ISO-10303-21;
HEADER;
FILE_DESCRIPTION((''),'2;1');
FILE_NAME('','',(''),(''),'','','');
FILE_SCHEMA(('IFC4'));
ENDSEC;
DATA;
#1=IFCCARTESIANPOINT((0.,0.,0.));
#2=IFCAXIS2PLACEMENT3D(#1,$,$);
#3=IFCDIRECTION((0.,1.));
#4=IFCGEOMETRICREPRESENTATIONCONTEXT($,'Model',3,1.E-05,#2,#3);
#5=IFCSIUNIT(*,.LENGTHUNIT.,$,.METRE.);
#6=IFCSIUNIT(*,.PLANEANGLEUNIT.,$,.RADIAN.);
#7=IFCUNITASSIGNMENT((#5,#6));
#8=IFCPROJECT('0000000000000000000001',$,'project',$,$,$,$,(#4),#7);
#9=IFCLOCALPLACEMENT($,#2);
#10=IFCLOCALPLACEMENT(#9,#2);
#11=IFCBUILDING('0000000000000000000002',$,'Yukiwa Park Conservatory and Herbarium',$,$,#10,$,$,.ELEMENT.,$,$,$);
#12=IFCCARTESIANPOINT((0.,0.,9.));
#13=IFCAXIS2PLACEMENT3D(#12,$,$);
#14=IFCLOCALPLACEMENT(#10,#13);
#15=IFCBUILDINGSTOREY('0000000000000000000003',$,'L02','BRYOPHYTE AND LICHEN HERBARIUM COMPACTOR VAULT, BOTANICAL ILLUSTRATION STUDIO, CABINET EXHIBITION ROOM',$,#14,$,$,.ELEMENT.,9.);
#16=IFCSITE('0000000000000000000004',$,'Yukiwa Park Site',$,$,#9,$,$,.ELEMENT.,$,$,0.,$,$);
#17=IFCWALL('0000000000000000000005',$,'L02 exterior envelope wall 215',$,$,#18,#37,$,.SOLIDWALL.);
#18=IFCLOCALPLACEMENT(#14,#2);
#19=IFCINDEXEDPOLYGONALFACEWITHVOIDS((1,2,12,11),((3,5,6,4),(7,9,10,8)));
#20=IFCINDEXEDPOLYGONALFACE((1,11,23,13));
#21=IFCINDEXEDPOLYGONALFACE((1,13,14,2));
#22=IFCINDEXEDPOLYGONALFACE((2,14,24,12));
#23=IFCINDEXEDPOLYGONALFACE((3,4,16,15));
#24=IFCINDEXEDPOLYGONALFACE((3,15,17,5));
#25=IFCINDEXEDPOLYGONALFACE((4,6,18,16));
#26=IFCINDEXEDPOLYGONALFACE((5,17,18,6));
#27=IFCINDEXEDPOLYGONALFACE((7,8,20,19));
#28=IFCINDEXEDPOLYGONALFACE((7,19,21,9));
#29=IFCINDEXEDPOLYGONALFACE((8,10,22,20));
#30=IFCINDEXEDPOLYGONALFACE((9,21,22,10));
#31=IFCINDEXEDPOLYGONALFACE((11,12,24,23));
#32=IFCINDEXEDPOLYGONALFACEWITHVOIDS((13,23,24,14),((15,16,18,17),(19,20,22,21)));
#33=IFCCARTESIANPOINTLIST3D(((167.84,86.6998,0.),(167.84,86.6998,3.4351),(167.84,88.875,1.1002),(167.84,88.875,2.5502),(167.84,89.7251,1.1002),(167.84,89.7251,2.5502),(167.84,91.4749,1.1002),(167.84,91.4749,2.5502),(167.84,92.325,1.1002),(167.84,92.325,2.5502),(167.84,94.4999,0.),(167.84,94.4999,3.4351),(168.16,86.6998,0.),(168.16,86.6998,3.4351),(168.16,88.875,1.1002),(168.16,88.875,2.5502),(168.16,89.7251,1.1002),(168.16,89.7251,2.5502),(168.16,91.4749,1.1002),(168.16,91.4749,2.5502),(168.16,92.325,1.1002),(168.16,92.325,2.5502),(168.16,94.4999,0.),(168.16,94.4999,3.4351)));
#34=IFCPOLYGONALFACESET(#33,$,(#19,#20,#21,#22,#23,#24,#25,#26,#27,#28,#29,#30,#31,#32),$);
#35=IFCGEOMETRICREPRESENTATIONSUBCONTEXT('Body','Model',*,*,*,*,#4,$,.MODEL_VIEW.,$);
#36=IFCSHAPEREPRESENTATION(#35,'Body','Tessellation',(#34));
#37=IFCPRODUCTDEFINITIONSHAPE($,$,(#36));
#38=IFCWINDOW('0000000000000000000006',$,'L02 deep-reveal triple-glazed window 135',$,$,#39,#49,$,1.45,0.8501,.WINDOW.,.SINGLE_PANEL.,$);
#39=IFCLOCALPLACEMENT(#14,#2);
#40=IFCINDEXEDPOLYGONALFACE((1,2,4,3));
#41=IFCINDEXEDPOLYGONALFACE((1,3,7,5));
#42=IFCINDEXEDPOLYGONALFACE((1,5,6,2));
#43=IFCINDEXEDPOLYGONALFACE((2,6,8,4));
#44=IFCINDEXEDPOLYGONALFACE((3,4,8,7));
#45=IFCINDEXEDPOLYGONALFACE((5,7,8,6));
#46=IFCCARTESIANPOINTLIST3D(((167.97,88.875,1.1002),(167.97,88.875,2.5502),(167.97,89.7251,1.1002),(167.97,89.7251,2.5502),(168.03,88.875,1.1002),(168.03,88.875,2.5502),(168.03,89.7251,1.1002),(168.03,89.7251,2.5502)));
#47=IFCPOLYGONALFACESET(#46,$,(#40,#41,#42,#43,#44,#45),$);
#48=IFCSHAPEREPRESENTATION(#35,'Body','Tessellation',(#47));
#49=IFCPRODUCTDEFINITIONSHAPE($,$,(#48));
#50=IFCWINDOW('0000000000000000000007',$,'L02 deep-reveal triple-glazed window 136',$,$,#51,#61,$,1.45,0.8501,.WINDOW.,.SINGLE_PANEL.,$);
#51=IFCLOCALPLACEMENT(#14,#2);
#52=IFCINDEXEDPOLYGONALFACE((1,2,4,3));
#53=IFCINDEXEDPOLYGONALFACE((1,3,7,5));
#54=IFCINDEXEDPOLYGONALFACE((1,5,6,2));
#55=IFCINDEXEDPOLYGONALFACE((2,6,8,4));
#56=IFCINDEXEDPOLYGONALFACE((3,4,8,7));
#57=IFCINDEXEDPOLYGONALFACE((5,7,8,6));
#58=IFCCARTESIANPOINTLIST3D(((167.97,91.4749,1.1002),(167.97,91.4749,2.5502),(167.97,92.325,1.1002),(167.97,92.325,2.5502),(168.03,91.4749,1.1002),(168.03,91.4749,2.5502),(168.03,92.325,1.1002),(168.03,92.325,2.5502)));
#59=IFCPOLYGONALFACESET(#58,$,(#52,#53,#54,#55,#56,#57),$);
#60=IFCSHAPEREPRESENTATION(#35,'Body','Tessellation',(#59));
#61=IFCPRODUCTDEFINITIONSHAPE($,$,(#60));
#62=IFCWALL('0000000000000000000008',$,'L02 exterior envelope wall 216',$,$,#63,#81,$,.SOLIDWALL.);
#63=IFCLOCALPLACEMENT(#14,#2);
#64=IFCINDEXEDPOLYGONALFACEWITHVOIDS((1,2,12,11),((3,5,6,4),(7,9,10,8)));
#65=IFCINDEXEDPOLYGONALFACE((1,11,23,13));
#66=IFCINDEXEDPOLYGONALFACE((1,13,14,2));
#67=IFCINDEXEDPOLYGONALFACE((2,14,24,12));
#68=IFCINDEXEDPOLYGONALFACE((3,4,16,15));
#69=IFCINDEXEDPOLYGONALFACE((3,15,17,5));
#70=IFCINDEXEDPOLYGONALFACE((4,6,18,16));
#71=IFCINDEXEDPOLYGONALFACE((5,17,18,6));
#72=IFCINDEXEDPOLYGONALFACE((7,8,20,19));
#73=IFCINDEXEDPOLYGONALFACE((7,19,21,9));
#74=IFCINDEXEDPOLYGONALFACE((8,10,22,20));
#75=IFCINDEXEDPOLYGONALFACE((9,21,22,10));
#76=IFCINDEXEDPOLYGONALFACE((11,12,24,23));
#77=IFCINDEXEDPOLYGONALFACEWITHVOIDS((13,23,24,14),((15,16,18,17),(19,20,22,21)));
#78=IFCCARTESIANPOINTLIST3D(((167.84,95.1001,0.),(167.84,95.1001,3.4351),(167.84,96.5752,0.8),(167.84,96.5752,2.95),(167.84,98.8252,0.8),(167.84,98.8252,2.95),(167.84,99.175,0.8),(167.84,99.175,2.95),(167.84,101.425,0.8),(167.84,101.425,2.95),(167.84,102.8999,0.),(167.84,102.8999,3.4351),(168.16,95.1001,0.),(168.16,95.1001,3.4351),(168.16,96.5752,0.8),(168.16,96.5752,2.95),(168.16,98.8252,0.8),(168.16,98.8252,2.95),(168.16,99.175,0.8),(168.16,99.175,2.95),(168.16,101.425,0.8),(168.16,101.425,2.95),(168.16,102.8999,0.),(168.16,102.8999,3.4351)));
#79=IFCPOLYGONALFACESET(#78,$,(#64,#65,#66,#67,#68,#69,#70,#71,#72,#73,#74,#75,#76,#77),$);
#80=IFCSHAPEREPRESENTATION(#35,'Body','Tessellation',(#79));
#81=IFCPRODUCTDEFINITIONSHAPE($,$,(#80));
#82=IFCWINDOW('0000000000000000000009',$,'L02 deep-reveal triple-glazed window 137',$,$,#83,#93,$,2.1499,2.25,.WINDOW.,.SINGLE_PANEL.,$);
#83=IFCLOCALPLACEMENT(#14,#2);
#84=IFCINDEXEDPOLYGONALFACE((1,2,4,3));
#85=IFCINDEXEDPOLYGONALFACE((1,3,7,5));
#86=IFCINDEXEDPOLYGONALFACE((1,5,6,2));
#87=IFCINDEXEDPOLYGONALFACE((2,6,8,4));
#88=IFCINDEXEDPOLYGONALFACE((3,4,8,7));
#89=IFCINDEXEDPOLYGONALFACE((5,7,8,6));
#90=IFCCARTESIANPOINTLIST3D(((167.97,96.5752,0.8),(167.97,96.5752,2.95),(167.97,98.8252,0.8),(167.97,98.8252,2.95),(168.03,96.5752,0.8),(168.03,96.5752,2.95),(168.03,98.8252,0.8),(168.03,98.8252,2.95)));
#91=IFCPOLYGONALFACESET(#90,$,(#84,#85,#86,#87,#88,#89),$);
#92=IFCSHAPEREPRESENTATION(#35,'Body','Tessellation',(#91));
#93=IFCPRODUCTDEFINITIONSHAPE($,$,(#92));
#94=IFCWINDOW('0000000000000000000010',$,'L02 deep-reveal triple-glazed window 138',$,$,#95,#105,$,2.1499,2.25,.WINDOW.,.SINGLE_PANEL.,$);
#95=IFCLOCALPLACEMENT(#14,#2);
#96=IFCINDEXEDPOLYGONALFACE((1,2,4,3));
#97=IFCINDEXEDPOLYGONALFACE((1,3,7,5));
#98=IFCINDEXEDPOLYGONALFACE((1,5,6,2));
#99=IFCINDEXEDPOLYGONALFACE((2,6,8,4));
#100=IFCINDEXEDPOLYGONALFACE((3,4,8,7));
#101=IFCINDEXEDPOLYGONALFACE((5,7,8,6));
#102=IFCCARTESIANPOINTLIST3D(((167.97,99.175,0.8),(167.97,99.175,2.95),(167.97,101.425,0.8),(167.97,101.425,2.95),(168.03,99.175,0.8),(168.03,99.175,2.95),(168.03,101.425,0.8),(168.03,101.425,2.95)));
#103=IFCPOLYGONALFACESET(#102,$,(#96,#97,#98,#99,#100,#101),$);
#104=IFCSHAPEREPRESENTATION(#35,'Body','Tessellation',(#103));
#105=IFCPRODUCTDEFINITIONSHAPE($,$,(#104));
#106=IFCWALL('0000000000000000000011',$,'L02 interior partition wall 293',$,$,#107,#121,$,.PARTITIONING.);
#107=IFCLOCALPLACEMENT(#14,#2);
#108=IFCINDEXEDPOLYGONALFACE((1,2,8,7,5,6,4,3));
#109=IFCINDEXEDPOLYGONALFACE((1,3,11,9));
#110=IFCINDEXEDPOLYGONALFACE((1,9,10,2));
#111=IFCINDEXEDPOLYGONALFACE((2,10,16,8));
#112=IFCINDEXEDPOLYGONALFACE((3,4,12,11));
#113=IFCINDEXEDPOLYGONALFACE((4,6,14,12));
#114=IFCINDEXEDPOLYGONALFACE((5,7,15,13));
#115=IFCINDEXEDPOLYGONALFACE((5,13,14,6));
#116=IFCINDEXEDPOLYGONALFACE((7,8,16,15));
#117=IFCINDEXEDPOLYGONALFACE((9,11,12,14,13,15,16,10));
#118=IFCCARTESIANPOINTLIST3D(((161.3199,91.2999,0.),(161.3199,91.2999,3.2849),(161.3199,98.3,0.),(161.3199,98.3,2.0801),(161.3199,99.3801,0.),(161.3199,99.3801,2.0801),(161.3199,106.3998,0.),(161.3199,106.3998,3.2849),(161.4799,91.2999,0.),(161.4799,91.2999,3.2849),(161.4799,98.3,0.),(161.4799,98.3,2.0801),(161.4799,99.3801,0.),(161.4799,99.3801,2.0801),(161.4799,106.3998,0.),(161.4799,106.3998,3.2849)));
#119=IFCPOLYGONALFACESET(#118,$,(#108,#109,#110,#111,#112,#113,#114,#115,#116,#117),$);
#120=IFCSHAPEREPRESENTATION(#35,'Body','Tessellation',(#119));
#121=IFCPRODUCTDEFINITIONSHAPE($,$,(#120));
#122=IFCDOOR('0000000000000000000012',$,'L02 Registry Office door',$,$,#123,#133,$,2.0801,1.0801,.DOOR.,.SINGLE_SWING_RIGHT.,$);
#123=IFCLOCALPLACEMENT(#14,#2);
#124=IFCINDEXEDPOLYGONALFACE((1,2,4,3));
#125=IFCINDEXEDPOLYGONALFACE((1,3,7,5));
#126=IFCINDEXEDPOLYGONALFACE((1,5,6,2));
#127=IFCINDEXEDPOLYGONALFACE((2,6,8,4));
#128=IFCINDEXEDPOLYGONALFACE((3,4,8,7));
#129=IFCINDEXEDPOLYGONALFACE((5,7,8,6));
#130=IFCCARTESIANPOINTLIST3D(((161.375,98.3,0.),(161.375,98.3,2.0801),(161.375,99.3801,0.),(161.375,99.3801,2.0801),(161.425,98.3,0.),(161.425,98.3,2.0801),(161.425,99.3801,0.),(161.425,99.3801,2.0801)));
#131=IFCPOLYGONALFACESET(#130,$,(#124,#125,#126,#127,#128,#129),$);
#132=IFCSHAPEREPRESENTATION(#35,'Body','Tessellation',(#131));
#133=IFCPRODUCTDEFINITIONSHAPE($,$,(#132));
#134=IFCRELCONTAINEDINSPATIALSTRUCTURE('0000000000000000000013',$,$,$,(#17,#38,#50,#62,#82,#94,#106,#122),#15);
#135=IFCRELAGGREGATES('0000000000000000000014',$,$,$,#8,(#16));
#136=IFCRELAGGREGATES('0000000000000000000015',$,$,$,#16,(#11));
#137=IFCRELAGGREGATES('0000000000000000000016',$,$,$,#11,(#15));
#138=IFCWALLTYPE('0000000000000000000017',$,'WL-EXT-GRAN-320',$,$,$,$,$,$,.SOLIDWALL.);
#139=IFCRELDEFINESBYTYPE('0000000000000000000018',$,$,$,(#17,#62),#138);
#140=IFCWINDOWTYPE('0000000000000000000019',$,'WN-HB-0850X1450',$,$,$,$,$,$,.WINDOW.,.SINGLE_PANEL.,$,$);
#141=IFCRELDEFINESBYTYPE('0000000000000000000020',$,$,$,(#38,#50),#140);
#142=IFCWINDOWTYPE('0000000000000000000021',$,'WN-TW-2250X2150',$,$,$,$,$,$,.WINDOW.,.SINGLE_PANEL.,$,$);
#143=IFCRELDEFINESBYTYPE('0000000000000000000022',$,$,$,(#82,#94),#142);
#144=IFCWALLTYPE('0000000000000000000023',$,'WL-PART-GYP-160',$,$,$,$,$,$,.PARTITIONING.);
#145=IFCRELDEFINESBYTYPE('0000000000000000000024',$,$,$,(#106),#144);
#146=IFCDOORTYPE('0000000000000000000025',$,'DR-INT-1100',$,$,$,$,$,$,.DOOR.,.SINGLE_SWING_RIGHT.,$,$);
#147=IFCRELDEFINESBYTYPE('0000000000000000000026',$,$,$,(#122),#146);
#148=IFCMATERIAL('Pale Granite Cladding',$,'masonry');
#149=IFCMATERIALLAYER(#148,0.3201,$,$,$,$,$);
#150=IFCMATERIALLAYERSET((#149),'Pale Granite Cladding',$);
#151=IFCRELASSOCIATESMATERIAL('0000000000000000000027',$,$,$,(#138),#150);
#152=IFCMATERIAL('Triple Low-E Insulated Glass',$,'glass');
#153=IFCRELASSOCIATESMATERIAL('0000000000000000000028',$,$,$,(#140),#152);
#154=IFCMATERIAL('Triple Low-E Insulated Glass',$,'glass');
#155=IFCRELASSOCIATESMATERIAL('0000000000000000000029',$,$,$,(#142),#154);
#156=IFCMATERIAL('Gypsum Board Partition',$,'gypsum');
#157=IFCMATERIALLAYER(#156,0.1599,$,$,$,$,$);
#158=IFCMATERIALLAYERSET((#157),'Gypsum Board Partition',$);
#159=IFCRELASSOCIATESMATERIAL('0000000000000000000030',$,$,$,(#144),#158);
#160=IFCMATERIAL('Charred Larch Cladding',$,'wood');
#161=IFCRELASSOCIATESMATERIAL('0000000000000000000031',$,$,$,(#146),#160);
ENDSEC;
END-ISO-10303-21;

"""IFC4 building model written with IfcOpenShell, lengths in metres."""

from ifc_helpers import new_model, si_unit, direction, frame, frame_2d, origin, place, context, subcontext, project, spatial, rectangle, extrude, material, layer, layer_set, type_object, element, fill, save


model = new_model("IFC4")

# Units and contexts
model_context = context("Model", 3, precision=1e-05, world=origin(), true_north=direction((0.0, 1.0)))
body_context = subcontext(model_context, "Body", "Model", "MODEL_VIEW")
ifc_project = project(units=[si_unit("LENGTHUNIT", "METRE"), si_unit("PLANEANGLEUNIT", "RADIAN")], contexts=[model_context])

# Site, building, storey
site_placement = place(None, origin())
site = spatial("IfcSite", under=ifc_project, at=site_placement, Name="Yukiwa Park Site", CompositionType="ELEMENT", RefElevation=0.0)
building_placement = place(site_placement, origin())
building = spatial("IfcBuilding", under=site, at=building_placement, Name="Yukiwa Park Conservatory and Herbarium", CompositionType="ELEMENT")
storey_placement = place(building_placement, frame((0.0, 0.0, 9.0)))
storey = spatial("IfcBuildingStorey", under=building, at=storey_placement, Name="L02", Description="BRYOPHYTE AND LICHEN HERBARIUM COMPACTOR VAULT, BOTANICAL ILLUSTRATION STUDIO, CABINET EXHIBITION ROOM", CompositionType="ELEMENT", Elevation=9.0)

# Walls, openings, windows
ifc_material_1 = material(Name="Pale Granite Cladding", Category="masonry")
ifc_layer_1 = layer(ifc_material_1, 0.3201)
ifc_layer_set_1 = layer_set([ifc_layer_1], Name="Pale Granite Cladding")
wall_type_1 = type_object("IfcWallType", Name="WL-EXT-GRAN-320", PredefinedType="SOLIDWALL", material=ifc_layer_set_1)
wall_1_placement = place(storey_placement, frame((168.0, 86.7, 0.0), z_axis=(0.0, 0.0, 1.0), x_axis=(0.0, 1.0, 0.0)))
wall_1 = element("IfcWall", 1, at=wall_1_placement, inside=storey, type_object=wall_type_1, Name="L02 exterior envelope wall 215", PredefinedType="SOLIDWALL", context=body_context, shape_type="SweptSolid", body=[
    extrude(rectangle(XDim=7.8, YDim=0.3201, at=frame_2d((3.8999, 0.0))), origin(), (0.0, 0.0, 1.0), 3.4351),
])
opening_1_placement = place(wall_1_placement, frame((2.175, 0.0, 1.1001)))
opening_1 = element("IfcOpeningElement", 2, at=opening_1_placement, cuts=wall_1, PredefinedType="OPENING", context=body_context, shape_type="SweptSolid", body=[
    extrude(rectangle(XDim=0.8501, YDim=1.45, at=frame_2d((0.425, 0.7251))), frame((0.0, 0.1699, 0.0), z_axis=(0.0, -1.0, 0.0), x_axis=(1.0, 0.0, 0.0)), (0.0, 0.0, 1.0), 0.3401),
])
opening_2_placement = place(wall_1_placement, frame((4.7749, 0.0, 1.1001)))
opening_2 = element("IfcOpeningElement", 3, at=opening_2_placement, cuts=wall_1, PredefinedType="OPENING", context=body_context, shape_type="SweptSolid", body=[
    extrude(rectangle(XDim=0.8501, YDim=1.45, at=frame_2d((0.425, 0.7251))), frame((0.0, 0.1699, 0.0), z_axis=(0.0, -1.0, 0.0), x_axis=(1.0, 0.0, 0.0)), (0.0, 0.0, 1.0), 0.3401),
])
ifc_material_2 = material(Name="Triple Low-E Insulated Glass", Category="glass")
window_type_1 = type_object("IfcWindowType", Name="WN-HB-0850X1450", PartitioningType="SINGLE_PANEL", PredefinedType="WINDOW", material=ifc_material_2)
window_1_placement = place(opening_1_placement, origin())
window_1 = element("IfcWindow", 4, at=window_1_placement, inside=storey, type_object=window_type_1, Name="L02 deep-reveal triple-glazed window 135", OverallHeight=1.45, OverallWidth=0.8501, PartitioningType="SINGLE_PANEL", PredefinedType="WINDOW", context=body_context, shape_type="SweptSolid", body=[
    extrude(rectangle(XDim=0.8501, YDim=1.45, at=frame_2d((0.425, 0.7251))), frame((0.0, 0.03, 0.0), z_axis=(0.0, -1.0, 0.0), x_axis=(1.0, 0.0, 0.0)), (0.0, 0.0, 1.0), 0.0601),
])
fill(opening_1, window_1)
window_2_placement = place(opening_2_placement, origin())
window_2 = element("IfcWindow", 5, at=window_2_placement, inside=storey, type_object=window_type_1, Name="L02 deep-reveal triple-glazed window 136", OverallHeight=1.45, OverallWidth=0.8501, PartitioningType="SINGLE_PANEL", PredefinedType="WINDOW", context=body_context, shape_type="SweptSolid", body=[
    extrude(rectangle(XDim=0.8501, YDim=1.45, at=frame_2d((0.425, 0.7251))), frame((0.0, 0.03, 0.0), z_axis=(0.0, -1.0, 0.0), x_axis=(1.0, 0.0, 0.0)), (0.0, 0.0, 1.0), 0.0601),
])
fill(opening_2, window_2)
wall_2_placement = place(storey_placement, frame((168.0, 95.1001, 0.0), z_axis=(0.0, 0.0, 1.0), x_axis=(0.0, 1.0, 0.0)))
wall_2 = element("IfcWall", 6, at=wall_2_placement, inside=storey, type_object=wall_type_1, Name="L02 exterior envelope wall 216", PredefinedType="SOLIDWALL", context=body_context, shape_type="SweptSolid", body=[
    extrude(rectangle(XDim=7.7998, YDim=0.3201, at=frame_2d((3.8999, 0.0))), origin(), (0.0, 0.0, 1.0), 3.4351),
])
opening_3_placement = place(wall_2_placement, frame((1.4751, 0.0, 0.8)))
opening_3 = element("IfcOpeningElement", 7, at=opening_3_placement, cuts=wall_2, PredefinedType="OPENING", context=body_context, shape_type="SweptSolid", body=[
    extrude(rectangle(XDim=2.25, YDim=2.1499, at=frame_2d((1.125, 1.075))), frame((0.0, 0.1699, 0.0), z_axis=(0.0, -1.0, 0.0), x_axis=(1.0, 0.0, 0.0)), (0.0, 0.0, 1.0), 0.3401),
])
opening_4_placement = place(wall_2_placement, frame((4.075, 0.0, 0.8)))
opening_4 = element("IfcOpeningElement", 8, at=opening_4_placement, cuts=wall_2, PredefinedType="OPENING", context=body_context, shape_type="SweptSolid", body=[
    extrude(rectangle(XDim=2.25, YDim=2.1499, at=frame_2d((1.125, 1.075))), frame((0.0, 0.1699, 0.0), z_axis=(0.0, -1.0, 0.0), x_axis=(1.0, 0.0, 0.0)), (0.0, 0.0, 1.0), 0.3401),
])
ifc_material_3 = material(Name="Triple Low-E Insulated Glass", Category="glass")
window_type_2 = type_object("IfcWindowType", Name="WN-TW-2250X2150", PartitioningType="SINGLE_PANEL", PredefinedType="WINDOW", material=ifc_material_3)
window_3_placement = place(opening_3_placement, origin())
window_3 = element("IfcWindow", 9, at=window_3_placement, inside=storey, type_object=window_type_2, Name="L02 deep-reveal triple-glazed window 137", OverallHeight=2.1499, OverallWidth=2.25, PartitioningType="SINGLE_PANEL", PredefinedType="WINDOW", context=body_context, shape_type="SweptSolid", body=[
    extrude(rectangle(XDim=2.25, YDim=2.1499, at=frame_2d((1.125, 1.075))), frame((0.0, 0.03, 0.0), z_axis=(0.0, -1.0, 0.0), x_axis=(1.0, 0.0, 0.0)), (0.0, 0.0, 1.0), 0.0601),
])
fill(opening_3, window_3)
window_4_placement = place(opening_4_placement, origin())
window_4 = element("IfcWindow", 10, at=window_4_placement, inside=storey, type_object=window_type_2, Name="L02 deep-reveal triple-glazed window 138", OverallHeight=2.1499, OverallWidth=2.25, PartitioningType="SINGLE_PANEL", PredefinedType="WINDOW", context=body_context, shape_type="SweptSolid", body=[
    extrude(rectangle(XDim=2.25, YDim=2.1499, at=frame_2d((1.125, 1.075))), frame((0.0, 0.03, 0.0), z_axis=(0.0, -1.0, 0.0), x_axis=(1.0, 0.0, 0.0)), (0.0, 0.0, 1.0), 0.0601),
])
fill(opening_4, window_4)

# Wall, opening, door
ifc_material_4 = material(Name="Gypsum Board Partition", Category="gypsum")
ifc_layer_2 = layer(ifc_material_4, 0.1599)
ifc_layer_set_2 = layer_set([ifc_layer_2], Name="Gypsum Board Partition")
wall_type_2 = type_object("IfcWallType", Name="WL-PART-GYP-160", PredefinedType="PARTITIONING", material=ifc_layer_set_2)
wall_3_placement = place(storey_placement, frame((161.3999, 91.3, 0.0), z_axis=(0.0, 0.0, 1.0), x_axis=(0.0, 1.0, 0.0)))
wall_3 = element("IfcWall", 11, at=wall_3_placement, inside=storey, type_object=wall_type_2, Name="L02 interior partition wall 293", PredefinedType="PARTITIONING", context=body_context, shape_type="SweptSolid", body=[
    extrude(rectangle(XDim=15.0999, YDim=0.1599, at=frame_2d((7.5498, 0.0))), origin(), (0.0, 0.0, 1.0), 3.2849),
])
opening_5_placement = place(wall_3_placement, frame((7.0, 0.0, 0.0)))
opening_5 = element("IfcOpeningElement", 12, at=opening_5_placement, cuts=wall_3, PredefinedType="OPENING", context=body_context, shape_type="SweptSolid", body=[
    extrude(rectangle(XDim=1.0801, YDim=2.0801, at=frame_2d((0.54, 1.04))), frame((0.0, 0.0898, 0.0), z_axis=(0.0, -1.0, 0.0), x_axis=(1.0, 0.0, 0.0)), (0.0, 0.0, 1.0), 0.1799),
])
ifc_material_5 = material(Name="Charred Larch Cladding", Category="wood")
door_type = type_object("IfcDoorType", Name="DR-INT-1100", OperationType="SINGLE_SWING_RIGHT", PredefinedType="DOOR", material=ifc_material_5)
door_placement = place(opening_5_placement, origin())
door = element("IfcDoor", 13, at=door_placement, inside=storey, type_object=door_type, Name="L02 Registry Office door", OperationType="SINGLE_SWING_RIGHT", OverallHeight=2.0801, OverallWidth=1.0801, PredefinedType="DOOR", context=body_context, shape_type="SweptSolid", body=[
    extrude(rectangle(XDim=1.0801, YDim=2.0801, at=frame_2d((0.54, 1.04))), frame((0.0, 0.0249, 0.0), z_axis=(0.0, -1.0, 0.0), x_axis=(1.0, 0.0, 0.0)), (0.0, 0.0, 1.0), 0.05),
])
fill(opening_5, door)

save(model, "model.ifc")
